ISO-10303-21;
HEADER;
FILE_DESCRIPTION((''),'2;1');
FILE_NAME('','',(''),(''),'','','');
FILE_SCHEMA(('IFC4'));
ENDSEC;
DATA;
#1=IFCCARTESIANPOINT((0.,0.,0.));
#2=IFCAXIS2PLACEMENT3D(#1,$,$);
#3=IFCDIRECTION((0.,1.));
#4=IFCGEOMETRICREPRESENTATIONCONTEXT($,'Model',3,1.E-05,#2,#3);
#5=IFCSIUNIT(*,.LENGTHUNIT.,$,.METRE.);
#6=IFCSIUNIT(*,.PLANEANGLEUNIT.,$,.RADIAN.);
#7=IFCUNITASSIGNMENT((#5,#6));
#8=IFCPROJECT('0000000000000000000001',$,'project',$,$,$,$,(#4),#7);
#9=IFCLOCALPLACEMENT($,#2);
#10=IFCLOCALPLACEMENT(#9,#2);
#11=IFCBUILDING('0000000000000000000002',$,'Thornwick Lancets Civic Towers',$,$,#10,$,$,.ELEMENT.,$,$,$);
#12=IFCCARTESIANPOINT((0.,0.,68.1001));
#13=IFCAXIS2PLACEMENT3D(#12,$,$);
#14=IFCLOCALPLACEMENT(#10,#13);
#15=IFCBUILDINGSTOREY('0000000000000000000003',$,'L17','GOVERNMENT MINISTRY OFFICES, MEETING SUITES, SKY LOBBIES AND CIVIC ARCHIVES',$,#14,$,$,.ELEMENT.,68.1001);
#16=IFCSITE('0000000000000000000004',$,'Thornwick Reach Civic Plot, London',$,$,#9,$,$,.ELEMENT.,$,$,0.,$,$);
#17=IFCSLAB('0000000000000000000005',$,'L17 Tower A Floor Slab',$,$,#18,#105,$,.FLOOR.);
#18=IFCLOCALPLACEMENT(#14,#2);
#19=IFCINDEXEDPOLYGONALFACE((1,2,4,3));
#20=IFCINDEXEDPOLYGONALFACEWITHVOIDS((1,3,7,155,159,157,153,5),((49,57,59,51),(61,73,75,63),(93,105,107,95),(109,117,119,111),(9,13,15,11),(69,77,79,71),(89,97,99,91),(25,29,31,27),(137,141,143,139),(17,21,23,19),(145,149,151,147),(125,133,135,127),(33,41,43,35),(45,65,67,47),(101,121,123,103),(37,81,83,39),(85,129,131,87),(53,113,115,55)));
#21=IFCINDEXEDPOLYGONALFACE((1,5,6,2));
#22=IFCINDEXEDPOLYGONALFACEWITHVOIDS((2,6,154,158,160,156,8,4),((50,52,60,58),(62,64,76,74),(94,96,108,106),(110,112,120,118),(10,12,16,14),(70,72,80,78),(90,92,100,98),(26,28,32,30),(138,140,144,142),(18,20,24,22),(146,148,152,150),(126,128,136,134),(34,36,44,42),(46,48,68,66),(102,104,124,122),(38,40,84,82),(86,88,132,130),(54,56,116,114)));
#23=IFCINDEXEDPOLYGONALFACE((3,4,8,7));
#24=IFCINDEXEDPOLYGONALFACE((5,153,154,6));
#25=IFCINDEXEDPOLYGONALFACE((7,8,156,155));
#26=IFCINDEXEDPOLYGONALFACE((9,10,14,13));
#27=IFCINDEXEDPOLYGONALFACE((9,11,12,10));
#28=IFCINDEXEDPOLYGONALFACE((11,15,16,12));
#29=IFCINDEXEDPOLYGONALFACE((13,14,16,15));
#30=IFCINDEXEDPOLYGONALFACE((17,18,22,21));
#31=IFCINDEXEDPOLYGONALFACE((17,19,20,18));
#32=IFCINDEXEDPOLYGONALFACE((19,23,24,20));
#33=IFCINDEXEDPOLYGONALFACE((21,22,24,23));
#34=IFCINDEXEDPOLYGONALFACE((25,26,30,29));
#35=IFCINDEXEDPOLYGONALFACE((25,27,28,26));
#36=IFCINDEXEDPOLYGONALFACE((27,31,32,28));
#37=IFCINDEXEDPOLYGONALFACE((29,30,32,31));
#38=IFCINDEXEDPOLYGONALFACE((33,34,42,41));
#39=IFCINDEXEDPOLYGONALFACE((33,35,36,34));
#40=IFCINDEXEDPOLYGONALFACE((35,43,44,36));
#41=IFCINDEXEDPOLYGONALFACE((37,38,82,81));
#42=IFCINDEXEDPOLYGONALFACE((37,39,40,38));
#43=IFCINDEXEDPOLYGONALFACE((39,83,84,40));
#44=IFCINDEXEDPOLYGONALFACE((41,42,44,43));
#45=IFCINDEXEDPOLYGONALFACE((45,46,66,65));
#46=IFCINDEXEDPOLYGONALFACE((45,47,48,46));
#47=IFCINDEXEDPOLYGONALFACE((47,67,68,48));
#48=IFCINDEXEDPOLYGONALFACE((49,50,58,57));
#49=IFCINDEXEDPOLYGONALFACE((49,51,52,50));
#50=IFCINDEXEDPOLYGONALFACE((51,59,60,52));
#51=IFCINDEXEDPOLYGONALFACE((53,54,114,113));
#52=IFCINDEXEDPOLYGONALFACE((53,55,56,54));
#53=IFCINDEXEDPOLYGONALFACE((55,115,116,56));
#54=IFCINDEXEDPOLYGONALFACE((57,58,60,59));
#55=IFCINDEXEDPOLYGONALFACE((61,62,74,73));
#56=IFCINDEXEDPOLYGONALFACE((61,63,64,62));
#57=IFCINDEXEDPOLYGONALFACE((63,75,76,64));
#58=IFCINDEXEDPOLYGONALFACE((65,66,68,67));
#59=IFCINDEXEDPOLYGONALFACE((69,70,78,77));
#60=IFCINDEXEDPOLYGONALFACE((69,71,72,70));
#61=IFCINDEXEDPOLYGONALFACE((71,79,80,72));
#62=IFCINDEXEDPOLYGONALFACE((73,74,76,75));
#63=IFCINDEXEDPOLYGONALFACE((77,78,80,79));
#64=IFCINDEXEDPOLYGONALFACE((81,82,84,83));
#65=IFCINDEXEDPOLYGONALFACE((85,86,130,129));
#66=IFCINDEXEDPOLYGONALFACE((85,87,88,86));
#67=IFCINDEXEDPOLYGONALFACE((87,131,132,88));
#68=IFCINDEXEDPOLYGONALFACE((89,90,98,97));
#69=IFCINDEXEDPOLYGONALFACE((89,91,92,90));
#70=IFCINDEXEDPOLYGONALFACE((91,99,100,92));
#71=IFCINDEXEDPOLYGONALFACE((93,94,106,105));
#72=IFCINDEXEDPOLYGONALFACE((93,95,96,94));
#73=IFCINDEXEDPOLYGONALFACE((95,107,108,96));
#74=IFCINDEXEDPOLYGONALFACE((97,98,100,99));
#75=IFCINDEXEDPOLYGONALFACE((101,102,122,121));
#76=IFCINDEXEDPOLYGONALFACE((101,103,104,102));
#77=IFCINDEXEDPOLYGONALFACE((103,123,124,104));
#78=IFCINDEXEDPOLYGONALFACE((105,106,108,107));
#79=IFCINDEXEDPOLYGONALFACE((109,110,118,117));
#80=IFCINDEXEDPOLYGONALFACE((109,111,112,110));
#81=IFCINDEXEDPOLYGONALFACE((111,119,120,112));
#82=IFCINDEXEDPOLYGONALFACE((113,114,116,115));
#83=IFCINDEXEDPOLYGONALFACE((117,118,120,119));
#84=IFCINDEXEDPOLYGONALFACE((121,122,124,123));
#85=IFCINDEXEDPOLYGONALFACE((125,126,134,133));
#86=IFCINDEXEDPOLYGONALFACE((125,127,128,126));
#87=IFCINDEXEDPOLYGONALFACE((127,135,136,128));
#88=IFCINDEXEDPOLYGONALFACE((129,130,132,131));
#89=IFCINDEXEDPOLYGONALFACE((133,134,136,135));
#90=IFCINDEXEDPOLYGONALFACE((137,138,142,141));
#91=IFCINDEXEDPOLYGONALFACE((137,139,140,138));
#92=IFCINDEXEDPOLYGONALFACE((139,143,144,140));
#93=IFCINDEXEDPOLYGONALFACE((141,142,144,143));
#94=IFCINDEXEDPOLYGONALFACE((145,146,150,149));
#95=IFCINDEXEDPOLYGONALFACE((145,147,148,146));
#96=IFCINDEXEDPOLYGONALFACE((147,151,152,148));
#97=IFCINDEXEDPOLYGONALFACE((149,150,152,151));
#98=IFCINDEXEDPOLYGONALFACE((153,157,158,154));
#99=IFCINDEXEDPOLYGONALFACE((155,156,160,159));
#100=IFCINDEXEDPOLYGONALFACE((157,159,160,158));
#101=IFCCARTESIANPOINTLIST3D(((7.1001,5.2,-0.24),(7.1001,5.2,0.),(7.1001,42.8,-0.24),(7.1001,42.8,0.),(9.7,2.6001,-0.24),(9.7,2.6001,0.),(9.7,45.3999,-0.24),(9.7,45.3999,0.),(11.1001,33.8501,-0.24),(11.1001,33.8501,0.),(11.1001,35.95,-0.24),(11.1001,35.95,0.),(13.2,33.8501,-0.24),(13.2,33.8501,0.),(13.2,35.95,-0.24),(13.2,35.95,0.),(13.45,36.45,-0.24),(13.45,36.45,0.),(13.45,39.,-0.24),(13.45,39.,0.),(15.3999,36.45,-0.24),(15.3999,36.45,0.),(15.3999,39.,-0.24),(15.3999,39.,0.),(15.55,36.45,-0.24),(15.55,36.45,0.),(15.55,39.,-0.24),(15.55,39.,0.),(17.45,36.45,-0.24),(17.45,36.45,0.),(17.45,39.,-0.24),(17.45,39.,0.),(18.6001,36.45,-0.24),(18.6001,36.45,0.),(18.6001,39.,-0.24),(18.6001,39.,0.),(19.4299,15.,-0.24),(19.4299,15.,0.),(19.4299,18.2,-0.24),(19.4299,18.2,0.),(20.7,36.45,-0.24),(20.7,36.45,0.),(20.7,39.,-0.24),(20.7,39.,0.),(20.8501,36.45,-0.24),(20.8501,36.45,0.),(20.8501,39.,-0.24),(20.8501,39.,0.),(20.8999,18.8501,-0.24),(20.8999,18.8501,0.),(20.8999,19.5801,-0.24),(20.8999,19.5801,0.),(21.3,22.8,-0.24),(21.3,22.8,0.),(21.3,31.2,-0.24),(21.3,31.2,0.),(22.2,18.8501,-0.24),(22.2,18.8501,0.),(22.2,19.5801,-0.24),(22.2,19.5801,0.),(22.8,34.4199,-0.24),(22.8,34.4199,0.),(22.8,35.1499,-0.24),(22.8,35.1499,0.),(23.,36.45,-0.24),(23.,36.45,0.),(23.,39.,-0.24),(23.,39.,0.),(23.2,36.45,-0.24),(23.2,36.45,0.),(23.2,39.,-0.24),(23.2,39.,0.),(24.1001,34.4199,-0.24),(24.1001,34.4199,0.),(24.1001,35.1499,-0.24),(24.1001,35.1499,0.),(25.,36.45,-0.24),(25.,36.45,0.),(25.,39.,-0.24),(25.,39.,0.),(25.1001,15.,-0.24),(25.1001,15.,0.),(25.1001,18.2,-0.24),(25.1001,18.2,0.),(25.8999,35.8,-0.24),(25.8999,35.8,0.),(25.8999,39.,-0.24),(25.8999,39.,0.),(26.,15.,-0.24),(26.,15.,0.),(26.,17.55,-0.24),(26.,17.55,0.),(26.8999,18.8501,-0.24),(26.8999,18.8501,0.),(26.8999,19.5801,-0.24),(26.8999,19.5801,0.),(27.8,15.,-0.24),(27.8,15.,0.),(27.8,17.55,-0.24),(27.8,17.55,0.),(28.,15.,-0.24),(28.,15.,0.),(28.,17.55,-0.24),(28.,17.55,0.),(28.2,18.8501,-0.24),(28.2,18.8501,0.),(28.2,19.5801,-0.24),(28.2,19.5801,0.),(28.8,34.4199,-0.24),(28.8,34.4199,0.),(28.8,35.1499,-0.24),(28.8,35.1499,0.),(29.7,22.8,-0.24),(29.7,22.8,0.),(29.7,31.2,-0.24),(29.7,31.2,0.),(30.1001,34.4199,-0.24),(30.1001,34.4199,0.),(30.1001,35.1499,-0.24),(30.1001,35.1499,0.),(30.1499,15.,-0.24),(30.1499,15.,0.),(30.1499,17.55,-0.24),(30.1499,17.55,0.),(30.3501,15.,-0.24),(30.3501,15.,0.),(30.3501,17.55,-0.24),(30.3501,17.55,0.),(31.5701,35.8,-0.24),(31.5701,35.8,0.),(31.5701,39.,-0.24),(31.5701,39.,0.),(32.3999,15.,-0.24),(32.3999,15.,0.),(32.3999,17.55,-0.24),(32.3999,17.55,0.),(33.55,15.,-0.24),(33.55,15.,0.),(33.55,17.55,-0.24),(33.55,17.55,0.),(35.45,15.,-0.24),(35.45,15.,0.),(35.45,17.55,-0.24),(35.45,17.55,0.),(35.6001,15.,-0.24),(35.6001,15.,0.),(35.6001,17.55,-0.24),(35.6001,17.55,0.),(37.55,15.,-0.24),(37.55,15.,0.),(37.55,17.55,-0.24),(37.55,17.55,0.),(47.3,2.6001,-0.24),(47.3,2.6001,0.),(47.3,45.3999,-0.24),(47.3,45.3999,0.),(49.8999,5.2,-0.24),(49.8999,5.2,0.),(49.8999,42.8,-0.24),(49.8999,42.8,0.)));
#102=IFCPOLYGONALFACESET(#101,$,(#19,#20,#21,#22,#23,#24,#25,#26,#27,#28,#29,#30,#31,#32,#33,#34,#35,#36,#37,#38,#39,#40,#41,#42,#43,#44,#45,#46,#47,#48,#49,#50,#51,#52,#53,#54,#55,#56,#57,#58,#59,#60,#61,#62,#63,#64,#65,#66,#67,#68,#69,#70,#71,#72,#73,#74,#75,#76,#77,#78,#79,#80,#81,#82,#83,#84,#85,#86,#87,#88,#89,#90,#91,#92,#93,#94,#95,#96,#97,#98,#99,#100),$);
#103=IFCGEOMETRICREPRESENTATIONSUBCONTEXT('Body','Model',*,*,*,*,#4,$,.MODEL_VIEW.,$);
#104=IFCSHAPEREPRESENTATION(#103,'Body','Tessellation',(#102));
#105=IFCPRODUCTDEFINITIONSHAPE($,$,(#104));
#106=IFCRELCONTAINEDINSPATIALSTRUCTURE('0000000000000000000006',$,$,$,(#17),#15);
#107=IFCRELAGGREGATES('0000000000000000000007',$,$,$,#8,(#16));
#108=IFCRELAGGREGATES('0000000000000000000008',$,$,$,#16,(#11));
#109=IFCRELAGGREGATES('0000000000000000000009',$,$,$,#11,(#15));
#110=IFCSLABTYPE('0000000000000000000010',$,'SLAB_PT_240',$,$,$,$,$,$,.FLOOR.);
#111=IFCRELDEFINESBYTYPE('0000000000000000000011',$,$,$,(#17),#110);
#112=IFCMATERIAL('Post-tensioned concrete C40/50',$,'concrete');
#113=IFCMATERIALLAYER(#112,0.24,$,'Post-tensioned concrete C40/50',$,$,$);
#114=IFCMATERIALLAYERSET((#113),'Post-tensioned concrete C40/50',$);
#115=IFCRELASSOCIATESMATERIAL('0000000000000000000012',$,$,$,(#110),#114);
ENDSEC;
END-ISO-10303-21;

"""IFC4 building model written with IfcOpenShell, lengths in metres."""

from ifc_helpers import new_model, si_unit, direction, frame, origin, place, context, subcontext, project, spatial, polyline, outline, extrude, material, layer, layer_set, type_object, element, save


model = new_model("IFC4")

# Units and contexts
model_context = context("Model", 3, precision=1e-05, world=origin(), true_north=direction((0.0, 1.0)))
body_context = subcontext(model_context, "Body", "Model", "MODEL_VIEW")
ifc_project = project(units=[si_unit("LENGTHUNIT", "METRE"), si_unit("PLANEANGLEUNIT", "RADIAN")], contexts=[model_context])

# Site, building, storey
site_placement = place(None, origin())
site = spatial("IfcSite", under=ifc_project, at=site_placement, Name="Thornwick Reach Civic Plot, London", CompositionType="ELEMENT", RefElevation=0.0)
building_placement = place(site_placement, origin())
building = spatial("IfcBuilding", under=site, at=building_placement, Name="Thornwick Lancets Civic Towers", CompositionType="ELEMENT")
storey_placement = place(building_placement, frame((0.0, 0.0, 68.1001)))
storey = spatial("IfcBuildingStorey", under=building, at=storey_placement, Name="L17", Description="GOVERNMENT MINISTRY OFFICES, MEETING SUITES, SKY LOBBIES AND CIVIC ARCHIVES", CompositionType="ELEMENT", Elevation=68.1001)

# Shared definitions
ifc_material_1 = material(Name="Post-tensioned concrete C40/50", Category="concrete")

# Slab
ifc_layer_1 = layer(ifc_material_1, 0.24, Name="Post-tensioned concrete C40/50")
ifc_layer_set_1 = layer_set([ifc_layer_1], Name="Post-tensioned concrete C40/50")
slab_type_1 = type_object("IfcSlabType", Name="SLAB_PT_240", PredefinedType="FLOOR", material=ifc_layer_set_1)
slab_1_placement = place(storey_placement, frame((0.0, 0.0, -0.24)))
element("IfcSlab", 1, at=slab_1_placement, inside=storey, type_object=slab_type_1, Name="L17 Tower A Floor Slab", PredefinedType="FLOOR", context=body_context, shape_type="SweptSolid", body=[
    extrude(outline(polyline([(9.7, 2.6001), (47.3, 2.6001), (49.8999, 5.2), (49.8999, 42.8), (47.3, 45.3999), (9.7, 45.3999), (7.1001, 42.8), (7.1001, 5.2), (9.7, 2.6001)]), holes=[polyline([(21.3, 22.8), (29.7, 22.8), (29.7, 31.2), (21.3, 31.2), (21.3, 22.8)]), polyline([(19.4299, 15.0), (25.1001, 15.0), (25.1001, 18.2), (19.4299, 18.2), (19.4299, 15.0)]), polyline([(31.5701, 39.0), (25.8999, 39.0), (25.8999, 35.8), (31.5701, 35.8), (31.5701, 39.0)]), polyline([(26.0, 15.0), (27.8, 15.0), (27.8, 17.55), (26.0, 17.55), (26.0, 15.0)]), polyline([(28.0, 15.0), (30.1499, 15.0), (30.1499, 17.55), (28.0, 17.55), (28.0, 15.0)]), polyline([(30.3501, 15.0), (32.3999, 15.0), (32.3999, 17.55), (30.3501, 17.55), (30.3501, 15.0)]), polyline([(33.55, 15.0), (35.45, 15.0), (35.45, 17.55), (33.55, 17.55), (33.55, 15.0)]), polyline([(35.6001, 15.0), (37.55, 15.0), (37.55, 17.55), (35.6001, 17.55), (35.6001, 15.0)]), polyline([(23.2, 36.45), (25.0, 36.45), (25.0, 39.0), (23.2, 39.0), (23.2, 36.45)]), polyline([(20.8501, 36.45), (23.0, 36.45), (23.0, 39.0), (20.8501, 39.0), (20.8501, 36.45)]), polyline([(18.6001, 36.45), (20.7, 36.45), (20.7, 39.0), (18.6001, 39.0), (18.6001, 36.45)]), polyline([(15.55, 36.45), (17.45, 36.45), (17.45, 39.0), (15.55, 39.0), (15.55, 36.45)]), polyline([(13.45, 36.45), (15.3999, 36.45), (15.3999, 39.0), (13.45, 39.0), (13.45, 36.45)]), polyline([(11.1001, 33.8501), (13.2, 33.8501), (13.2, 35.95), (11.1001, 35.95), (11.1001, 33.8501)]), polyline([(26.8999, 18.8501), (28.2, 18.8501), (28.2, 19.5801), (26.8999, 19.5801), (26.8999, 18.8501)]), polyline([(20.8999, 18.8501), (22.2, 18.8501), (22.2, 19.5801), (20.8999, 19.5801), (20.8999, 18.8501)]), polyline([(22.8, 34.4199), (24.1001, 34.4199), (24.1001, 35.1499), (22.8, 35.1499), (22.8, 34.4199)]), polyline([(28.8, 34.4199), (30.1001, 34.4199), (30.1001, 35.1499), (28.8, 35.1499), (28.8, 34.4199)])]), origin(), (0.0, 0.0, 1.0), 0.24),
])

save(model, "model.ifc")
